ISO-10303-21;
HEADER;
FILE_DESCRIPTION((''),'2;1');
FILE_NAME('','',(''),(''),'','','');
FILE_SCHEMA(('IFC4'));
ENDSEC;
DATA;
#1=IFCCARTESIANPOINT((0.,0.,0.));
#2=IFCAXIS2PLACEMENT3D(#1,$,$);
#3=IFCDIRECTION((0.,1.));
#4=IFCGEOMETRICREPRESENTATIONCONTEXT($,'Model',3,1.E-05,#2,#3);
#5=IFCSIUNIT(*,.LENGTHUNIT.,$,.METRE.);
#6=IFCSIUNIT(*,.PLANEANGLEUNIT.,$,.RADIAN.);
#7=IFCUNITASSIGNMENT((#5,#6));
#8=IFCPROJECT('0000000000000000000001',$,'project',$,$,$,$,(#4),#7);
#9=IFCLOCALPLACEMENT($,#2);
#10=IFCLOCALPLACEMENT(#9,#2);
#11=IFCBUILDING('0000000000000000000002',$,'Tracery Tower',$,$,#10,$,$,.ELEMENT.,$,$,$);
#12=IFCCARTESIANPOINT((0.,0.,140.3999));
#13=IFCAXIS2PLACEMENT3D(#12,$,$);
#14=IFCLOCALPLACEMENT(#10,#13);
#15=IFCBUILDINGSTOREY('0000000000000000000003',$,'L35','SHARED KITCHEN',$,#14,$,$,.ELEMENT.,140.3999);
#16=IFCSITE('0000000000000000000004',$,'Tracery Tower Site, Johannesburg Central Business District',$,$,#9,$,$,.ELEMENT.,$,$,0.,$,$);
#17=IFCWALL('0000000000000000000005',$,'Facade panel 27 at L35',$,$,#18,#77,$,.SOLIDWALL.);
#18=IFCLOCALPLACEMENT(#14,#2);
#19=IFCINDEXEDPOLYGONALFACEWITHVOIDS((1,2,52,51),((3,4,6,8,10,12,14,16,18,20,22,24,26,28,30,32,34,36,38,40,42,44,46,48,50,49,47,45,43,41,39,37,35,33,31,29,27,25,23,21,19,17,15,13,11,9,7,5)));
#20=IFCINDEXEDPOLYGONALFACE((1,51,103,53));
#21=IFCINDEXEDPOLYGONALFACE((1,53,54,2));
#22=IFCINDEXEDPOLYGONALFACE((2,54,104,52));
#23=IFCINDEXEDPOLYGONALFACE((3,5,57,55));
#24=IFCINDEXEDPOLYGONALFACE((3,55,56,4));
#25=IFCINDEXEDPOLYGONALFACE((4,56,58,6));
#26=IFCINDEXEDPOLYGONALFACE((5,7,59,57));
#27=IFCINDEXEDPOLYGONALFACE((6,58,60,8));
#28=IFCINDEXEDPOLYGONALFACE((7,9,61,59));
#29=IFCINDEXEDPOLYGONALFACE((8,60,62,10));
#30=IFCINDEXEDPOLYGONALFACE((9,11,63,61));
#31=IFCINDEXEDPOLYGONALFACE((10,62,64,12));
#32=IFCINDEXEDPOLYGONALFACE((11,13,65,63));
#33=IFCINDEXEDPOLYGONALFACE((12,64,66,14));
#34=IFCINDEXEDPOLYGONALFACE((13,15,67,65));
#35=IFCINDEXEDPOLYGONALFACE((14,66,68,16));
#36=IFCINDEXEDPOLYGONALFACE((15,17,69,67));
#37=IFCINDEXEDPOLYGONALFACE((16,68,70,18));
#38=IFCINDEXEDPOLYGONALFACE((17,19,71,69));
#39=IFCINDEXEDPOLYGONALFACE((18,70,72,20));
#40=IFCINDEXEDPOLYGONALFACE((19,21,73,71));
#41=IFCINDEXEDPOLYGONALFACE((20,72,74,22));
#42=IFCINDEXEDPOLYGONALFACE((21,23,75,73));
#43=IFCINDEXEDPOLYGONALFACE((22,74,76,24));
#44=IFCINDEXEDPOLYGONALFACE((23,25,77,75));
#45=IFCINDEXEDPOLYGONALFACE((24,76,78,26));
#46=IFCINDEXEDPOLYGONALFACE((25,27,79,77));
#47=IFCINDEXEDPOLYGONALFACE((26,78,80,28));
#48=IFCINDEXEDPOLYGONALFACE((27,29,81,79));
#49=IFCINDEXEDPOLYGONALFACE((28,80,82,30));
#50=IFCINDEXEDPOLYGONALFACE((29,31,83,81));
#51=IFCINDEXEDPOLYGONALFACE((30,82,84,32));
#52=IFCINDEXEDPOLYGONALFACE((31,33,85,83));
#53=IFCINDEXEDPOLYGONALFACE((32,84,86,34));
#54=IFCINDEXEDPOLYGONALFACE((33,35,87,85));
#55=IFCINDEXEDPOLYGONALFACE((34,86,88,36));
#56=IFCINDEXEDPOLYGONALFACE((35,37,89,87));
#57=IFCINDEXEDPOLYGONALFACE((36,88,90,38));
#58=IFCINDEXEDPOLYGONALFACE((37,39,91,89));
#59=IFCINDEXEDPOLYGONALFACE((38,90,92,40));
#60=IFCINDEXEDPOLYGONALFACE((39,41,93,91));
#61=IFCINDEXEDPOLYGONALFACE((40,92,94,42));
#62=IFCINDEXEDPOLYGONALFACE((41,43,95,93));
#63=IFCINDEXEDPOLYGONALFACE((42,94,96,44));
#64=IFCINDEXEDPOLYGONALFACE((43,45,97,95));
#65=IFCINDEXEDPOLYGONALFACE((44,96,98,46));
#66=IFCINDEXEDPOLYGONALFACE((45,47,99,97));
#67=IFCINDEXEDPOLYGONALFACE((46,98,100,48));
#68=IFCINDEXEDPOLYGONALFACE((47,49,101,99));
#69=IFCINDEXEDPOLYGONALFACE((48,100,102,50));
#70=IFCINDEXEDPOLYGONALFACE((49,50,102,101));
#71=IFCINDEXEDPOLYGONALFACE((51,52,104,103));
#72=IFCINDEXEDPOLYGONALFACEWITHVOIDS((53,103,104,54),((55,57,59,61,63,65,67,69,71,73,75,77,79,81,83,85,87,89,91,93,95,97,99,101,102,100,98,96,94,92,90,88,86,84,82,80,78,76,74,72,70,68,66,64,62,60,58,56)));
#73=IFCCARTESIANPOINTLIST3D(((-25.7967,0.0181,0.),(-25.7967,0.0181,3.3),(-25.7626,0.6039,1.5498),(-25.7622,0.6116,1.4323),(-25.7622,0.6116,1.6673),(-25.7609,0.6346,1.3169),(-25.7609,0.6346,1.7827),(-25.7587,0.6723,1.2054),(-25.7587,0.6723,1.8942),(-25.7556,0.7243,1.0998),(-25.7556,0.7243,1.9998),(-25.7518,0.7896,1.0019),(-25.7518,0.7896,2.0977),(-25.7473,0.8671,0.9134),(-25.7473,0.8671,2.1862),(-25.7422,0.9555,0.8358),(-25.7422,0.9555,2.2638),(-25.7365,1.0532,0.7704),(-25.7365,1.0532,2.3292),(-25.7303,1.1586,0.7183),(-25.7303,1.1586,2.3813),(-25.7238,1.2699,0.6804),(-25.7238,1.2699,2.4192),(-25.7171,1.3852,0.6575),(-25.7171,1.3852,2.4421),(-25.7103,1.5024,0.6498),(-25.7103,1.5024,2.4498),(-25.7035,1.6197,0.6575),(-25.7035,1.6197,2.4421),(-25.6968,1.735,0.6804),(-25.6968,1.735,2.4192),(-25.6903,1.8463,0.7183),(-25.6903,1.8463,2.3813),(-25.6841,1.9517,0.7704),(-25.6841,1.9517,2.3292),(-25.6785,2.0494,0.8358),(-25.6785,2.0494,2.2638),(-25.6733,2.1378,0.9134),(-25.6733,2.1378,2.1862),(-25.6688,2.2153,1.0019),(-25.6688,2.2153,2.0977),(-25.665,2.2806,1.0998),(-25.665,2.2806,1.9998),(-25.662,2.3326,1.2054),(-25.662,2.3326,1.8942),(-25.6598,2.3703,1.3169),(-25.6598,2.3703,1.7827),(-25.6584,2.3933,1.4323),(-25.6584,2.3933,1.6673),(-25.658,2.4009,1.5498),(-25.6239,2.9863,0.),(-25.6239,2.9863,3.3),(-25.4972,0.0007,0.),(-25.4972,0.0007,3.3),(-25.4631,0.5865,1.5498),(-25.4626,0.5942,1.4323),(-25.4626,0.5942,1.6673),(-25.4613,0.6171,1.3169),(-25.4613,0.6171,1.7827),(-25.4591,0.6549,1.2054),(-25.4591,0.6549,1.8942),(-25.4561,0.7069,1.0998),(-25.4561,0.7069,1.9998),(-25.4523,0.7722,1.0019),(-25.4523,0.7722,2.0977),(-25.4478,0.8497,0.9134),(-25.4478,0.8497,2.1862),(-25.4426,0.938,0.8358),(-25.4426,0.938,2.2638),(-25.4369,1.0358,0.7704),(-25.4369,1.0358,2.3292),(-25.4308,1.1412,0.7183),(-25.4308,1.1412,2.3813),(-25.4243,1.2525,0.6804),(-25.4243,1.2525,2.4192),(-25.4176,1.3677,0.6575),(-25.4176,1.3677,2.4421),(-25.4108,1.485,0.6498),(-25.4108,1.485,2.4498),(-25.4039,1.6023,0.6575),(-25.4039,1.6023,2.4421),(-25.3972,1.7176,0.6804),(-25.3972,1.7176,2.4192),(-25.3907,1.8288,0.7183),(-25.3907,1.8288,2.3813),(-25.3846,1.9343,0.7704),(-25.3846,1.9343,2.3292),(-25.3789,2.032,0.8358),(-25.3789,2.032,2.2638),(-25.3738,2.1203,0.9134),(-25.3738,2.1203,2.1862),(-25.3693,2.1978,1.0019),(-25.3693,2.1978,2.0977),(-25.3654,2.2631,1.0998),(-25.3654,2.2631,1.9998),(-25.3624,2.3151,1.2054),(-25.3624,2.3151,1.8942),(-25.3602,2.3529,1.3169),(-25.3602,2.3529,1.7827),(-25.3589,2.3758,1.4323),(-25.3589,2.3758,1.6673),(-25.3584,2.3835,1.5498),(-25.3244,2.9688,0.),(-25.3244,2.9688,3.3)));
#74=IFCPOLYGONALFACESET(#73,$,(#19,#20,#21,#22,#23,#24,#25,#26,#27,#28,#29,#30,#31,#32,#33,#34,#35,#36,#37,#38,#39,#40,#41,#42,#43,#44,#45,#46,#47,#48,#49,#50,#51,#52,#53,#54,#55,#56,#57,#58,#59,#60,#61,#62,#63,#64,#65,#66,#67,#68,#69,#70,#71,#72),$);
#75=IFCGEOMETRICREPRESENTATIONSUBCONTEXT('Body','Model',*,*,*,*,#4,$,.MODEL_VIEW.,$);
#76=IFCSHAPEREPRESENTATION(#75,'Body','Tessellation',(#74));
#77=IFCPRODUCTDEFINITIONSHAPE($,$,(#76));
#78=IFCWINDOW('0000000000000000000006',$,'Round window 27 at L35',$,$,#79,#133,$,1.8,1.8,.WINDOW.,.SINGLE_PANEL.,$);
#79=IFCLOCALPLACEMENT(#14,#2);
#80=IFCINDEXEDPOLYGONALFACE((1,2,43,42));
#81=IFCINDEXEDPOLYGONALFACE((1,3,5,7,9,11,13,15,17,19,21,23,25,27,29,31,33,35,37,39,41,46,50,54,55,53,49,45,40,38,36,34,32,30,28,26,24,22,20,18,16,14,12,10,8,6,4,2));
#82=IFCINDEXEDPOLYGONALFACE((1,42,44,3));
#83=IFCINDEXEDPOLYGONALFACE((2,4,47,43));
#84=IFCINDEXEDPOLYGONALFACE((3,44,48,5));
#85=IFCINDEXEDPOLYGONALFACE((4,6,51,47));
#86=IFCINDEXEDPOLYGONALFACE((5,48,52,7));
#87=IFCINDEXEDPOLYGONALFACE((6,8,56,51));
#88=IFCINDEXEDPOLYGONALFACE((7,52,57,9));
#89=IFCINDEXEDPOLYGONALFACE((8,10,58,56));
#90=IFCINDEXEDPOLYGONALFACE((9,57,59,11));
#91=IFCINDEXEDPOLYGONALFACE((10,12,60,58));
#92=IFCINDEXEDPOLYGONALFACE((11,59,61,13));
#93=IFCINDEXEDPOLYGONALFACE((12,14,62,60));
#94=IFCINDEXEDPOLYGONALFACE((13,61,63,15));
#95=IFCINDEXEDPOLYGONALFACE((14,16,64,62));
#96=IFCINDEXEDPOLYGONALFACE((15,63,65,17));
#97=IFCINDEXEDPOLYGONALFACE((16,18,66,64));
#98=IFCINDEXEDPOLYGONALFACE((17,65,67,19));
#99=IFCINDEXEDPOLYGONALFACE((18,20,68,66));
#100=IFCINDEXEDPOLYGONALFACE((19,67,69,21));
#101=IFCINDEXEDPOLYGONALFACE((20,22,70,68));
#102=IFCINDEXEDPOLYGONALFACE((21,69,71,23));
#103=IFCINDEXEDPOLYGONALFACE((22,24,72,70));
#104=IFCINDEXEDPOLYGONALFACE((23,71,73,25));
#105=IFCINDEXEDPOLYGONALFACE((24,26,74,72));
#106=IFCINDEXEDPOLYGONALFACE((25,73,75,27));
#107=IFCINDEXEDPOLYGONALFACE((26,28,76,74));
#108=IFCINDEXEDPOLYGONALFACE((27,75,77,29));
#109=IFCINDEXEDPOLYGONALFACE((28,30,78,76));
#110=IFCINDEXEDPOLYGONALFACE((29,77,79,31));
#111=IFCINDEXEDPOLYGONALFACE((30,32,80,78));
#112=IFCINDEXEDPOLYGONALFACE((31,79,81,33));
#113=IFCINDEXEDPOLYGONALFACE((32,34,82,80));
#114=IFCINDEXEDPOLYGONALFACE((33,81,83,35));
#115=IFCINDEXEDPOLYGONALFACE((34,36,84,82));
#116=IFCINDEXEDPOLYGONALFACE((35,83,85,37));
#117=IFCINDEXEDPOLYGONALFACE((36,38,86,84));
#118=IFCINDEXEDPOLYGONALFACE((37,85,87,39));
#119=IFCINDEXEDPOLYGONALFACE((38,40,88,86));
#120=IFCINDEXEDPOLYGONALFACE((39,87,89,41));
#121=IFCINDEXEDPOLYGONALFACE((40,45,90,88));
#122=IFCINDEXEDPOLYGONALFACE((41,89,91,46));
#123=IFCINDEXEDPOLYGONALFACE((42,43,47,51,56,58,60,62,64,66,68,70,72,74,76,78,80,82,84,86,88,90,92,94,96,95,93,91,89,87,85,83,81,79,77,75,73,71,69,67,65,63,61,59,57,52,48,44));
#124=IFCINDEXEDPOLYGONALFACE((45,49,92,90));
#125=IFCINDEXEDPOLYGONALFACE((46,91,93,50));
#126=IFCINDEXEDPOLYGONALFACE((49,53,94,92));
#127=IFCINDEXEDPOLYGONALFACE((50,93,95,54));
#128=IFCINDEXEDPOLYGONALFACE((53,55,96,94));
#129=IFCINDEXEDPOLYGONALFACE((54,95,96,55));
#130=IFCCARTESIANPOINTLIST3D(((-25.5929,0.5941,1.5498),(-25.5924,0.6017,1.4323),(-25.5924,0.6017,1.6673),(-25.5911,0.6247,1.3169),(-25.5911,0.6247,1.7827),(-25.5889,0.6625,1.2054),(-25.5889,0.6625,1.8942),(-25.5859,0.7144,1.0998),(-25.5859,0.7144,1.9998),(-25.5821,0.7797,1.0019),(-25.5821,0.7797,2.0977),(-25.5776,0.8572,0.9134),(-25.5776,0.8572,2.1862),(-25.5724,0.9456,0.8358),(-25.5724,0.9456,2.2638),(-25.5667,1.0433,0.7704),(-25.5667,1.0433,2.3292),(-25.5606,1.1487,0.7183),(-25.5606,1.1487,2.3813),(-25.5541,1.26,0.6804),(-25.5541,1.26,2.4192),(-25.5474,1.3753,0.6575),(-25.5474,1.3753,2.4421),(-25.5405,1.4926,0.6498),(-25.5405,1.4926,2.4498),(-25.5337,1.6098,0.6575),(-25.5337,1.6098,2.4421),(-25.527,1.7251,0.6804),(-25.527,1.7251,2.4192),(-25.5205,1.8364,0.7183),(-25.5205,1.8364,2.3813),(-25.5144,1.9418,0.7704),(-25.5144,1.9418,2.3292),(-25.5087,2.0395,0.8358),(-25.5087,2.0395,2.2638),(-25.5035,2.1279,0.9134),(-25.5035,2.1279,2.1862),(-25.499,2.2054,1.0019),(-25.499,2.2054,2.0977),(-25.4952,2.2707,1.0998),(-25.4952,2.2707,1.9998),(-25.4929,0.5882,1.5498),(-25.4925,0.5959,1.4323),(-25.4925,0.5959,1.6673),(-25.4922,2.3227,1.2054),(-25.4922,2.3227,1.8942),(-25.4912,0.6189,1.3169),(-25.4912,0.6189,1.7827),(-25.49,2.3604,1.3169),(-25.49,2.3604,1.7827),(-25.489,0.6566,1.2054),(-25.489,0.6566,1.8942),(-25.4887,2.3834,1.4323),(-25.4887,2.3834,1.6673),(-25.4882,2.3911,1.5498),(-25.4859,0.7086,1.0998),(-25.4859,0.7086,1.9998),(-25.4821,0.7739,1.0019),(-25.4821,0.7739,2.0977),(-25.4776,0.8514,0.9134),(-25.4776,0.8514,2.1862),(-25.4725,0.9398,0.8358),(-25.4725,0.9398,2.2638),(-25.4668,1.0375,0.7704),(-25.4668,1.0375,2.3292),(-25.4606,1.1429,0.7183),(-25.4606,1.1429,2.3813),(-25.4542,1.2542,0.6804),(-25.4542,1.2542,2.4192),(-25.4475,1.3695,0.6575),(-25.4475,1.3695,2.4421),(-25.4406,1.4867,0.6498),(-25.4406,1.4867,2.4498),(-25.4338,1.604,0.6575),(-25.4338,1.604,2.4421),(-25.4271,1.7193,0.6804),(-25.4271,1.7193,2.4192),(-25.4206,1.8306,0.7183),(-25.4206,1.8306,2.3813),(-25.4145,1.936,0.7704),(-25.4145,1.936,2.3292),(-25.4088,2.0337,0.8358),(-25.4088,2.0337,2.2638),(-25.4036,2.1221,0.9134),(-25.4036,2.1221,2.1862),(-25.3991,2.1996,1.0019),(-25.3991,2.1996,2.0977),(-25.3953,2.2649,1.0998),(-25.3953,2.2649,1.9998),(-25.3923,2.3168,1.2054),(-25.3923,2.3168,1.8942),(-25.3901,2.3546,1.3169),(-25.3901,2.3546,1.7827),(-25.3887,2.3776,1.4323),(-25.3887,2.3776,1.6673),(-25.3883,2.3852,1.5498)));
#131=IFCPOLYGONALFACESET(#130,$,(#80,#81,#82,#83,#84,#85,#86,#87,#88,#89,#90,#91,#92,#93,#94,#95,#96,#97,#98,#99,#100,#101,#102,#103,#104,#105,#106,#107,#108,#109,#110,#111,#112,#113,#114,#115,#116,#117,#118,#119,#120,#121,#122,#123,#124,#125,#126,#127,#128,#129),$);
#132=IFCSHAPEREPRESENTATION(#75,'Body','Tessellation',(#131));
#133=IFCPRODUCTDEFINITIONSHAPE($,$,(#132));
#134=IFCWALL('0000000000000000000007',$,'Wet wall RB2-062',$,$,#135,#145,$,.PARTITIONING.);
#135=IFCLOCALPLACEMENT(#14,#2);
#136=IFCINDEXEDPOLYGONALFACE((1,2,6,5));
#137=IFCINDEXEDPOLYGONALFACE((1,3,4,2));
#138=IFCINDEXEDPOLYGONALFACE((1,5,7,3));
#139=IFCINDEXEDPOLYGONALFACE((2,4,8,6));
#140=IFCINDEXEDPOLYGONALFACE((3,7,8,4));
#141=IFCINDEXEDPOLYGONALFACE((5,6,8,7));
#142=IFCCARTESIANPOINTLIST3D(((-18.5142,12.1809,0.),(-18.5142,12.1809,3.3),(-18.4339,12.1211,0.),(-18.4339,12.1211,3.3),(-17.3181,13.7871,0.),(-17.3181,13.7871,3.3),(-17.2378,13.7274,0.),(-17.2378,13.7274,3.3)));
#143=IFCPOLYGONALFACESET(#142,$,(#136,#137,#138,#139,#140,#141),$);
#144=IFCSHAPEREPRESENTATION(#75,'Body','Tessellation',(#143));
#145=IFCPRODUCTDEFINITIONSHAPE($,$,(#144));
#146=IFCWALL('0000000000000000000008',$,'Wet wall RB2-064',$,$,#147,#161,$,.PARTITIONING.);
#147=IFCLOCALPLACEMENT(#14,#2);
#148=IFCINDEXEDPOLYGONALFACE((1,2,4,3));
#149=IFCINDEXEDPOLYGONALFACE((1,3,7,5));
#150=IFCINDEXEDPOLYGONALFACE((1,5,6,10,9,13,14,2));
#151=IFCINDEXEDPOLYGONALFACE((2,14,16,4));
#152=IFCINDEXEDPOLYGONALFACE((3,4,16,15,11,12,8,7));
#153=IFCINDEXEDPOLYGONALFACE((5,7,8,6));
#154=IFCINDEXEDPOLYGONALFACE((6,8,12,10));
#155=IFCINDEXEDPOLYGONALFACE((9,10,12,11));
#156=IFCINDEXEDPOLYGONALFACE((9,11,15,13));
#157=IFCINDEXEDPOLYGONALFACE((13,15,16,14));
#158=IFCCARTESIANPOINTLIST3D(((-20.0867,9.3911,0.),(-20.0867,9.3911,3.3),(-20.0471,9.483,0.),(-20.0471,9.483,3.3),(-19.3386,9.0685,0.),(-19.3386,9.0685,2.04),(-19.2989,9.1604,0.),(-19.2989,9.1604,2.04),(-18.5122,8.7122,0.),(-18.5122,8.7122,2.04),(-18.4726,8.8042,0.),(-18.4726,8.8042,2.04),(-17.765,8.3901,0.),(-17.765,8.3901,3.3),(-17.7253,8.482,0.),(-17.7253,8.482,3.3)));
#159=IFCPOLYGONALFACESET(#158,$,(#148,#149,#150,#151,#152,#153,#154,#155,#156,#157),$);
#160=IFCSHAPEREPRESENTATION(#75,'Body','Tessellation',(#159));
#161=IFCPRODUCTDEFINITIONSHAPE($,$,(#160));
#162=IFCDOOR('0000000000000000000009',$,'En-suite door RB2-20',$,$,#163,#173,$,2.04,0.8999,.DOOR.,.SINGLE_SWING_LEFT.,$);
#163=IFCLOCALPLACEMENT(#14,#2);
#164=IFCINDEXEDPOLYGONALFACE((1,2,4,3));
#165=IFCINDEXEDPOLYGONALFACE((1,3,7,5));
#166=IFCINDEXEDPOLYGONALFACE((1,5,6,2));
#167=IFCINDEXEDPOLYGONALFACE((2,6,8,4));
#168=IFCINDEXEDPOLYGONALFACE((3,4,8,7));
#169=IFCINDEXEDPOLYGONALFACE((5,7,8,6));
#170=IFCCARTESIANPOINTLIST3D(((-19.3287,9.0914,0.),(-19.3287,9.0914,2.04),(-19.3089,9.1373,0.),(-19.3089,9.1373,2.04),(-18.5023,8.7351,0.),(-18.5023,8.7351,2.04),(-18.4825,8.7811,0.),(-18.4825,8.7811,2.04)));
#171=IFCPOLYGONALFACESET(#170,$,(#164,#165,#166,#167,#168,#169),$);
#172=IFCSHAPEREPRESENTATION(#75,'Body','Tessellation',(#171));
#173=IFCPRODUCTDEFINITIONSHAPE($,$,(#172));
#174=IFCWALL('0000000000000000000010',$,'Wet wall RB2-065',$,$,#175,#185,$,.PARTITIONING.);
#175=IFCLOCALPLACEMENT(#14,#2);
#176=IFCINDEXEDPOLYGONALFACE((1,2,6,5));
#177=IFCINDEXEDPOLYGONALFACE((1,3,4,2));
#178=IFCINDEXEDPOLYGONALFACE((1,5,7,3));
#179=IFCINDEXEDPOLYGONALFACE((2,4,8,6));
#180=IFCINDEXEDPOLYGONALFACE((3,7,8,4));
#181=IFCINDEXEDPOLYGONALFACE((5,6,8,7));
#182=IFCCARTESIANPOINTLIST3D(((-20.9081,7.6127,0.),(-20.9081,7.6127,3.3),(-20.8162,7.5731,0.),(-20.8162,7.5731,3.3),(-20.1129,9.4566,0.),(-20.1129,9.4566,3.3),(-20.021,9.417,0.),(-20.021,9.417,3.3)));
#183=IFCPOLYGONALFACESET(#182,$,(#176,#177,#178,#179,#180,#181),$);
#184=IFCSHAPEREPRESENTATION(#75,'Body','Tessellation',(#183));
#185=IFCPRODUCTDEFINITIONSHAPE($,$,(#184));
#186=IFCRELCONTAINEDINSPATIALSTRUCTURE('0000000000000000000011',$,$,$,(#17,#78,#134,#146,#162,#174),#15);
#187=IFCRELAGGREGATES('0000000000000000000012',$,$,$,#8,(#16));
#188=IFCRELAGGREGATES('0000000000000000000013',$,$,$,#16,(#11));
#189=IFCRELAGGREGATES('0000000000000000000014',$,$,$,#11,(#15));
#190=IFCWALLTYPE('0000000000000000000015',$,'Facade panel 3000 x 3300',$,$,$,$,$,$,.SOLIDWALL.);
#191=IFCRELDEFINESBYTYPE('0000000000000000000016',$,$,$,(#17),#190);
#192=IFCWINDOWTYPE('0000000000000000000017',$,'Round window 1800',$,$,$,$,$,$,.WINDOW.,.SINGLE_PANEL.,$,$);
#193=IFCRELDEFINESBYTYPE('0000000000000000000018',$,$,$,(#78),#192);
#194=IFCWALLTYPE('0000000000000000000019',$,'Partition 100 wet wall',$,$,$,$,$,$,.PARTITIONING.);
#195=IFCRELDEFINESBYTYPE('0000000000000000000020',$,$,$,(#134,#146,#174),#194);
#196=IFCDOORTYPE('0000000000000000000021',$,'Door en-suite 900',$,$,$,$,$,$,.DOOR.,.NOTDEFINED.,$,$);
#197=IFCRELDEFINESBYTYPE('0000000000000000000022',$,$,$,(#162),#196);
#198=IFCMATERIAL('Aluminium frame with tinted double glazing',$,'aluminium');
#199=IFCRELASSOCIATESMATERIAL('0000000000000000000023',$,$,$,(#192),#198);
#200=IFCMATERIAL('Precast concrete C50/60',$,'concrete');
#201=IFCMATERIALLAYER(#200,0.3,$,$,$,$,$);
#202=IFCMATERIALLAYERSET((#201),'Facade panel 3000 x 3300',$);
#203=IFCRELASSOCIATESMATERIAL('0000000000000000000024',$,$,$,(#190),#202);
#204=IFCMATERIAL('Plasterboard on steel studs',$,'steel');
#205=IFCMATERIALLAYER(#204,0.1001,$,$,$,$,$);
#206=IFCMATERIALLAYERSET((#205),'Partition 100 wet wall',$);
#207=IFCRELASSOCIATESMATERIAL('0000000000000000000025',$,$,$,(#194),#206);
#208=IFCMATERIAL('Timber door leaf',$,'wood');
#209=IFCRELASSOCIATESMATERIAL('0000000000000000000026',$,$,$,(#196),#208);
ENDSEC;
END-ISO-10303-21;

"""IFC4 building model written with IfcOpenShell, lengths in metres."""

from ifc_helpers import new_model, si_unit, direction, frame, frame_2d, origin, origin_2d, place, context, subcontext, project, spatial, rectangle, circle, extrude, material, layer, layer_set, type_object, element, fill, save


model = new_model("IFC4")

# Units and contexts
model_context = context("Model", 3, precision=1e-05, world=origin(), true_north=direction((0.0, 1.0)))
body_context = subcontext(model_context, "Body", "Model", "MODEL_VIEW")
ifc_project = project(units=[si_unit("LENGTHUNIT", "METRE"), si_unit("PLANEANGLEUNIT", "RADIAN")], contexts=[model_context])

# Site, building, storey
site_placement = place(None, origin())
site = spatial("IfcSite", under=ifc_project, at=site_placement, Name="Tracery Tower Site, Johannesburg Central Business District", CompositionType="ELEMENT", RefElevation=0.0)
building_placement = place(site_placement, origin())
building = spatial("IfcBuilding", under=site, at=building_placement, Name="Tracery Tower", CompositionType="ELEMENT")
storey_placement = place(building_placement, frame((0.0, 0.0, 140.3999)))
storey = spatial("IfcBuildingStorey", under=building, at=storey_placement, Name="L35", Description="SHARED KITCHEN", CompositionType="ELEMENT", Elevation=140.3999)

# Wall, opening, window
ifc_material_1 = material(Name="Aluminium frame with tinted double glazing", Category="aluminium")
window_type = type_object("IfcWindowType", Name="Round window 1800", PartitioningType="SINGLE_PANEL", PredefinedType="WINDOW", material=ifc_material_1)
ifc_material_2 = material(Name="Precast concrete C50/60", Category="concrete")
ifc_layer_1 = layer(ifc_material_2, 0.3)
ifc_layer_set_1 = layer_set([ifc_layer_1], Name="Facade panel 3000 x 3300")
wall_type_1 = type_object("IfcWallType", Name="Facade panel 3000 x 3300", PredefinedType="SOLIDWALL", material=ifc_layer_set_1)
wall_1_placement = place(storey_placement, frame((-25.4741, 2.9775, 0.0), z_axis=(0.0, 0.0, 1.0), x_axis=(-0.05814, -0.998308, 0.0)))
wall_1 = element("IfcWall", 1, at=wall_1_placement, inside=storey, type_object=wall_type_1, Name="Facade panel 27 at L35", PredefinedType="SOLIDWALL", context=body_context, shape_type="SweptSolid", body=[
    extrude(rectangle(XDim=2.9731, YDim=0.3, at=frame_2d((1.4866, 0.0))), origin(), (0.0, 0.0, 1.0), 3.3),
])
opening_1_placement = place(wall_1_placement, frame((1.4863, 0.0, 1.5498)))
opening_1 = element("IfcOpeningElement", 2, at=opening_1_placement, cuts=wall_1, PredefinedType="OPENING", context=body_context, shape_type="SweptSolid", body=[
    extrude(circle(Radius=0.9, at=origin_2d()), frame((0.0, 0.1599, 0.0), z_axis=(0.0, -1.0, 0.0), x_axis=(1.0, 0.0, 0.0)), (0.0, 0.0, 1.0), 0.3201),
])
window_1_placement = place(opening_1_placement, origin())
window_1 = element("IfcWindow", 3, at=window_1_placement, inside=storey, type_object=window_type, Name="Round window 27 at L35", OverallHeight=1.8, OverallWidth=1.8, PartitioningType="SINGLE_PANEL", PredefinedType="WINDOW", context=body_context, shape_type="SweptSolid", body=[
    extrude(circle(Radius=0.9, at=origin_2d()), frame((0.0, 0.1201, 0.0), z_axis=(0.0, -1.0, 0.0), x_axis=(1.0, 0.0, 0.0)), (0.0, 0.0, 1.0), 0.1001),
])
fill(opening_1, window_1)

# Wall
ifc_material_3 = material(Name="Plasterboard on steel studs", Category="steel")
ifc_layer_2 = layer(ifc_material_3, 0.1001)
ifc_layer_set_2 = layer_set([ifc_layer_2], Name="Partition 100 wet wall")
wall_type_2 = type_object("IfcWallType", Name="Partition 100 wet wall", PredefinedType="PARTITIONING", material=ifc_layer_set_2)
wall_2_placement = place(storey_placement, frame((-18.4741, 12.1509, 0.0), z_axis=(0.0, 0.0, 1.0), x_axis=(0.597246, 0.802058, 0.0)))
element("IfcWall", 4, at=wall_2_placement, inside=storey, type_object=wall_type_2, Name="Wet wall RB2-062", PredefinedType="PARTITIONING", context=body_context, shape_type="SweptSolid", body=[
    extrude(rectangle(XDim=2.0027, YDim=0.1001, at=frame_2d((1.0015, 0.0))), origin(), (0.0, 0.0, 1.0), 3.3),
])

# Wall, opening, door
wall_3_placement = place(storey_placement, frame((-20.0669, 9.437, 0.0), z_axis=(0.0, 0.0, 1.0), x_axis=(0.918294, -0.3959, 0.0)))
wall_3 = element("IfcWall", 5, at=wall_3_placement, inside=storey, type_object=wall_type_2, Name="Wet wall RB2-064", PredefinedType="PARTITIONING", context=body_context, shape_type="SweptSolid", body=[
    extrude(rectangle(XDim=2.5283, YDim=0.1001, at=frame_2d((1.2642, 0.0))), origin(), (0.0, 0.0, 1.0), 3.3),
])
opening_2_placement = place(wall_3_placement, frame((0.8147, 0.0, 0.0)))
opening_2 = element("IfcOpeningElement", 6, at=opening_2_placement, cuts=wall_3, PredefinedType="OPENING", context=body_context, shape_type="SweptSolid", body=[
    extrude(rectangle(XDim=0.8999, YDim=2.04, at=frame_2d((0.45, 1.02))), frame((0.0, 0.05, 0.0), z_axis=(0.0, -1.0, 0.0), x_axis=(1.0, 0.0, 0.0)), (0.0, 0.0, 1.0), 0.1001),
])
ifc_material_4 = material(Name="Timber door leaf", Category="wood")
door_type_1 = type_object("IfcDoorType", Name="Door en-suite 900", OperationType="NOTDEFINED", PredefinedType="DOOR", material=ifc_material_4)
door_1_placement = place(opening_2_placement, origin())
door_1 = element("IfcDoor", 7, at=door_1_placement, inside=storey, type_object=door_type_1, Name="En-suite door RB2-20", OperationType="SINGLE_SWING_LEFT", OverallHeight=2.04, OverallWidth=0.8999, PredefinedType="DOOR", context=body_context, shape_type="SweptSolid", body=[
    extrude(rectangle(XDim=0.8999, YDim=2.04, at=frame_2d((0.45, 1.02))), frame((0.0, 0.0249, 0.0), z_axis=(0.0, -1.0, 0.0), x_axis=(1.0, 0.0, 0.0)), (0.0, 0.0, 1.0), 0.05),
])
fill(opening_2, door_1)

# Wall
wall_4_placement = place(storey_placement, frame((-20.8621, 7.593, 0.0), z_axis=(0.0, 0.0, 1.0), x_axis=(0.395973, 0.918262, 0.0)))
element("IfcWall", 8, at=wall_4_placement, inside=storey, type_object=wall_type_2, Name="Wet wall RB2-065", PredefinedType="PARTITIONING", context=body_context, shape_type="SweptSolid", body=[
    extrude(rectangle(XDim=2.0081, YDim=0.1001, at=frame_2d((1.0039, 0.0))), origin(), (0.0, 0.0, 1.0), 3.3),
])

save(model, "model.ifc")
